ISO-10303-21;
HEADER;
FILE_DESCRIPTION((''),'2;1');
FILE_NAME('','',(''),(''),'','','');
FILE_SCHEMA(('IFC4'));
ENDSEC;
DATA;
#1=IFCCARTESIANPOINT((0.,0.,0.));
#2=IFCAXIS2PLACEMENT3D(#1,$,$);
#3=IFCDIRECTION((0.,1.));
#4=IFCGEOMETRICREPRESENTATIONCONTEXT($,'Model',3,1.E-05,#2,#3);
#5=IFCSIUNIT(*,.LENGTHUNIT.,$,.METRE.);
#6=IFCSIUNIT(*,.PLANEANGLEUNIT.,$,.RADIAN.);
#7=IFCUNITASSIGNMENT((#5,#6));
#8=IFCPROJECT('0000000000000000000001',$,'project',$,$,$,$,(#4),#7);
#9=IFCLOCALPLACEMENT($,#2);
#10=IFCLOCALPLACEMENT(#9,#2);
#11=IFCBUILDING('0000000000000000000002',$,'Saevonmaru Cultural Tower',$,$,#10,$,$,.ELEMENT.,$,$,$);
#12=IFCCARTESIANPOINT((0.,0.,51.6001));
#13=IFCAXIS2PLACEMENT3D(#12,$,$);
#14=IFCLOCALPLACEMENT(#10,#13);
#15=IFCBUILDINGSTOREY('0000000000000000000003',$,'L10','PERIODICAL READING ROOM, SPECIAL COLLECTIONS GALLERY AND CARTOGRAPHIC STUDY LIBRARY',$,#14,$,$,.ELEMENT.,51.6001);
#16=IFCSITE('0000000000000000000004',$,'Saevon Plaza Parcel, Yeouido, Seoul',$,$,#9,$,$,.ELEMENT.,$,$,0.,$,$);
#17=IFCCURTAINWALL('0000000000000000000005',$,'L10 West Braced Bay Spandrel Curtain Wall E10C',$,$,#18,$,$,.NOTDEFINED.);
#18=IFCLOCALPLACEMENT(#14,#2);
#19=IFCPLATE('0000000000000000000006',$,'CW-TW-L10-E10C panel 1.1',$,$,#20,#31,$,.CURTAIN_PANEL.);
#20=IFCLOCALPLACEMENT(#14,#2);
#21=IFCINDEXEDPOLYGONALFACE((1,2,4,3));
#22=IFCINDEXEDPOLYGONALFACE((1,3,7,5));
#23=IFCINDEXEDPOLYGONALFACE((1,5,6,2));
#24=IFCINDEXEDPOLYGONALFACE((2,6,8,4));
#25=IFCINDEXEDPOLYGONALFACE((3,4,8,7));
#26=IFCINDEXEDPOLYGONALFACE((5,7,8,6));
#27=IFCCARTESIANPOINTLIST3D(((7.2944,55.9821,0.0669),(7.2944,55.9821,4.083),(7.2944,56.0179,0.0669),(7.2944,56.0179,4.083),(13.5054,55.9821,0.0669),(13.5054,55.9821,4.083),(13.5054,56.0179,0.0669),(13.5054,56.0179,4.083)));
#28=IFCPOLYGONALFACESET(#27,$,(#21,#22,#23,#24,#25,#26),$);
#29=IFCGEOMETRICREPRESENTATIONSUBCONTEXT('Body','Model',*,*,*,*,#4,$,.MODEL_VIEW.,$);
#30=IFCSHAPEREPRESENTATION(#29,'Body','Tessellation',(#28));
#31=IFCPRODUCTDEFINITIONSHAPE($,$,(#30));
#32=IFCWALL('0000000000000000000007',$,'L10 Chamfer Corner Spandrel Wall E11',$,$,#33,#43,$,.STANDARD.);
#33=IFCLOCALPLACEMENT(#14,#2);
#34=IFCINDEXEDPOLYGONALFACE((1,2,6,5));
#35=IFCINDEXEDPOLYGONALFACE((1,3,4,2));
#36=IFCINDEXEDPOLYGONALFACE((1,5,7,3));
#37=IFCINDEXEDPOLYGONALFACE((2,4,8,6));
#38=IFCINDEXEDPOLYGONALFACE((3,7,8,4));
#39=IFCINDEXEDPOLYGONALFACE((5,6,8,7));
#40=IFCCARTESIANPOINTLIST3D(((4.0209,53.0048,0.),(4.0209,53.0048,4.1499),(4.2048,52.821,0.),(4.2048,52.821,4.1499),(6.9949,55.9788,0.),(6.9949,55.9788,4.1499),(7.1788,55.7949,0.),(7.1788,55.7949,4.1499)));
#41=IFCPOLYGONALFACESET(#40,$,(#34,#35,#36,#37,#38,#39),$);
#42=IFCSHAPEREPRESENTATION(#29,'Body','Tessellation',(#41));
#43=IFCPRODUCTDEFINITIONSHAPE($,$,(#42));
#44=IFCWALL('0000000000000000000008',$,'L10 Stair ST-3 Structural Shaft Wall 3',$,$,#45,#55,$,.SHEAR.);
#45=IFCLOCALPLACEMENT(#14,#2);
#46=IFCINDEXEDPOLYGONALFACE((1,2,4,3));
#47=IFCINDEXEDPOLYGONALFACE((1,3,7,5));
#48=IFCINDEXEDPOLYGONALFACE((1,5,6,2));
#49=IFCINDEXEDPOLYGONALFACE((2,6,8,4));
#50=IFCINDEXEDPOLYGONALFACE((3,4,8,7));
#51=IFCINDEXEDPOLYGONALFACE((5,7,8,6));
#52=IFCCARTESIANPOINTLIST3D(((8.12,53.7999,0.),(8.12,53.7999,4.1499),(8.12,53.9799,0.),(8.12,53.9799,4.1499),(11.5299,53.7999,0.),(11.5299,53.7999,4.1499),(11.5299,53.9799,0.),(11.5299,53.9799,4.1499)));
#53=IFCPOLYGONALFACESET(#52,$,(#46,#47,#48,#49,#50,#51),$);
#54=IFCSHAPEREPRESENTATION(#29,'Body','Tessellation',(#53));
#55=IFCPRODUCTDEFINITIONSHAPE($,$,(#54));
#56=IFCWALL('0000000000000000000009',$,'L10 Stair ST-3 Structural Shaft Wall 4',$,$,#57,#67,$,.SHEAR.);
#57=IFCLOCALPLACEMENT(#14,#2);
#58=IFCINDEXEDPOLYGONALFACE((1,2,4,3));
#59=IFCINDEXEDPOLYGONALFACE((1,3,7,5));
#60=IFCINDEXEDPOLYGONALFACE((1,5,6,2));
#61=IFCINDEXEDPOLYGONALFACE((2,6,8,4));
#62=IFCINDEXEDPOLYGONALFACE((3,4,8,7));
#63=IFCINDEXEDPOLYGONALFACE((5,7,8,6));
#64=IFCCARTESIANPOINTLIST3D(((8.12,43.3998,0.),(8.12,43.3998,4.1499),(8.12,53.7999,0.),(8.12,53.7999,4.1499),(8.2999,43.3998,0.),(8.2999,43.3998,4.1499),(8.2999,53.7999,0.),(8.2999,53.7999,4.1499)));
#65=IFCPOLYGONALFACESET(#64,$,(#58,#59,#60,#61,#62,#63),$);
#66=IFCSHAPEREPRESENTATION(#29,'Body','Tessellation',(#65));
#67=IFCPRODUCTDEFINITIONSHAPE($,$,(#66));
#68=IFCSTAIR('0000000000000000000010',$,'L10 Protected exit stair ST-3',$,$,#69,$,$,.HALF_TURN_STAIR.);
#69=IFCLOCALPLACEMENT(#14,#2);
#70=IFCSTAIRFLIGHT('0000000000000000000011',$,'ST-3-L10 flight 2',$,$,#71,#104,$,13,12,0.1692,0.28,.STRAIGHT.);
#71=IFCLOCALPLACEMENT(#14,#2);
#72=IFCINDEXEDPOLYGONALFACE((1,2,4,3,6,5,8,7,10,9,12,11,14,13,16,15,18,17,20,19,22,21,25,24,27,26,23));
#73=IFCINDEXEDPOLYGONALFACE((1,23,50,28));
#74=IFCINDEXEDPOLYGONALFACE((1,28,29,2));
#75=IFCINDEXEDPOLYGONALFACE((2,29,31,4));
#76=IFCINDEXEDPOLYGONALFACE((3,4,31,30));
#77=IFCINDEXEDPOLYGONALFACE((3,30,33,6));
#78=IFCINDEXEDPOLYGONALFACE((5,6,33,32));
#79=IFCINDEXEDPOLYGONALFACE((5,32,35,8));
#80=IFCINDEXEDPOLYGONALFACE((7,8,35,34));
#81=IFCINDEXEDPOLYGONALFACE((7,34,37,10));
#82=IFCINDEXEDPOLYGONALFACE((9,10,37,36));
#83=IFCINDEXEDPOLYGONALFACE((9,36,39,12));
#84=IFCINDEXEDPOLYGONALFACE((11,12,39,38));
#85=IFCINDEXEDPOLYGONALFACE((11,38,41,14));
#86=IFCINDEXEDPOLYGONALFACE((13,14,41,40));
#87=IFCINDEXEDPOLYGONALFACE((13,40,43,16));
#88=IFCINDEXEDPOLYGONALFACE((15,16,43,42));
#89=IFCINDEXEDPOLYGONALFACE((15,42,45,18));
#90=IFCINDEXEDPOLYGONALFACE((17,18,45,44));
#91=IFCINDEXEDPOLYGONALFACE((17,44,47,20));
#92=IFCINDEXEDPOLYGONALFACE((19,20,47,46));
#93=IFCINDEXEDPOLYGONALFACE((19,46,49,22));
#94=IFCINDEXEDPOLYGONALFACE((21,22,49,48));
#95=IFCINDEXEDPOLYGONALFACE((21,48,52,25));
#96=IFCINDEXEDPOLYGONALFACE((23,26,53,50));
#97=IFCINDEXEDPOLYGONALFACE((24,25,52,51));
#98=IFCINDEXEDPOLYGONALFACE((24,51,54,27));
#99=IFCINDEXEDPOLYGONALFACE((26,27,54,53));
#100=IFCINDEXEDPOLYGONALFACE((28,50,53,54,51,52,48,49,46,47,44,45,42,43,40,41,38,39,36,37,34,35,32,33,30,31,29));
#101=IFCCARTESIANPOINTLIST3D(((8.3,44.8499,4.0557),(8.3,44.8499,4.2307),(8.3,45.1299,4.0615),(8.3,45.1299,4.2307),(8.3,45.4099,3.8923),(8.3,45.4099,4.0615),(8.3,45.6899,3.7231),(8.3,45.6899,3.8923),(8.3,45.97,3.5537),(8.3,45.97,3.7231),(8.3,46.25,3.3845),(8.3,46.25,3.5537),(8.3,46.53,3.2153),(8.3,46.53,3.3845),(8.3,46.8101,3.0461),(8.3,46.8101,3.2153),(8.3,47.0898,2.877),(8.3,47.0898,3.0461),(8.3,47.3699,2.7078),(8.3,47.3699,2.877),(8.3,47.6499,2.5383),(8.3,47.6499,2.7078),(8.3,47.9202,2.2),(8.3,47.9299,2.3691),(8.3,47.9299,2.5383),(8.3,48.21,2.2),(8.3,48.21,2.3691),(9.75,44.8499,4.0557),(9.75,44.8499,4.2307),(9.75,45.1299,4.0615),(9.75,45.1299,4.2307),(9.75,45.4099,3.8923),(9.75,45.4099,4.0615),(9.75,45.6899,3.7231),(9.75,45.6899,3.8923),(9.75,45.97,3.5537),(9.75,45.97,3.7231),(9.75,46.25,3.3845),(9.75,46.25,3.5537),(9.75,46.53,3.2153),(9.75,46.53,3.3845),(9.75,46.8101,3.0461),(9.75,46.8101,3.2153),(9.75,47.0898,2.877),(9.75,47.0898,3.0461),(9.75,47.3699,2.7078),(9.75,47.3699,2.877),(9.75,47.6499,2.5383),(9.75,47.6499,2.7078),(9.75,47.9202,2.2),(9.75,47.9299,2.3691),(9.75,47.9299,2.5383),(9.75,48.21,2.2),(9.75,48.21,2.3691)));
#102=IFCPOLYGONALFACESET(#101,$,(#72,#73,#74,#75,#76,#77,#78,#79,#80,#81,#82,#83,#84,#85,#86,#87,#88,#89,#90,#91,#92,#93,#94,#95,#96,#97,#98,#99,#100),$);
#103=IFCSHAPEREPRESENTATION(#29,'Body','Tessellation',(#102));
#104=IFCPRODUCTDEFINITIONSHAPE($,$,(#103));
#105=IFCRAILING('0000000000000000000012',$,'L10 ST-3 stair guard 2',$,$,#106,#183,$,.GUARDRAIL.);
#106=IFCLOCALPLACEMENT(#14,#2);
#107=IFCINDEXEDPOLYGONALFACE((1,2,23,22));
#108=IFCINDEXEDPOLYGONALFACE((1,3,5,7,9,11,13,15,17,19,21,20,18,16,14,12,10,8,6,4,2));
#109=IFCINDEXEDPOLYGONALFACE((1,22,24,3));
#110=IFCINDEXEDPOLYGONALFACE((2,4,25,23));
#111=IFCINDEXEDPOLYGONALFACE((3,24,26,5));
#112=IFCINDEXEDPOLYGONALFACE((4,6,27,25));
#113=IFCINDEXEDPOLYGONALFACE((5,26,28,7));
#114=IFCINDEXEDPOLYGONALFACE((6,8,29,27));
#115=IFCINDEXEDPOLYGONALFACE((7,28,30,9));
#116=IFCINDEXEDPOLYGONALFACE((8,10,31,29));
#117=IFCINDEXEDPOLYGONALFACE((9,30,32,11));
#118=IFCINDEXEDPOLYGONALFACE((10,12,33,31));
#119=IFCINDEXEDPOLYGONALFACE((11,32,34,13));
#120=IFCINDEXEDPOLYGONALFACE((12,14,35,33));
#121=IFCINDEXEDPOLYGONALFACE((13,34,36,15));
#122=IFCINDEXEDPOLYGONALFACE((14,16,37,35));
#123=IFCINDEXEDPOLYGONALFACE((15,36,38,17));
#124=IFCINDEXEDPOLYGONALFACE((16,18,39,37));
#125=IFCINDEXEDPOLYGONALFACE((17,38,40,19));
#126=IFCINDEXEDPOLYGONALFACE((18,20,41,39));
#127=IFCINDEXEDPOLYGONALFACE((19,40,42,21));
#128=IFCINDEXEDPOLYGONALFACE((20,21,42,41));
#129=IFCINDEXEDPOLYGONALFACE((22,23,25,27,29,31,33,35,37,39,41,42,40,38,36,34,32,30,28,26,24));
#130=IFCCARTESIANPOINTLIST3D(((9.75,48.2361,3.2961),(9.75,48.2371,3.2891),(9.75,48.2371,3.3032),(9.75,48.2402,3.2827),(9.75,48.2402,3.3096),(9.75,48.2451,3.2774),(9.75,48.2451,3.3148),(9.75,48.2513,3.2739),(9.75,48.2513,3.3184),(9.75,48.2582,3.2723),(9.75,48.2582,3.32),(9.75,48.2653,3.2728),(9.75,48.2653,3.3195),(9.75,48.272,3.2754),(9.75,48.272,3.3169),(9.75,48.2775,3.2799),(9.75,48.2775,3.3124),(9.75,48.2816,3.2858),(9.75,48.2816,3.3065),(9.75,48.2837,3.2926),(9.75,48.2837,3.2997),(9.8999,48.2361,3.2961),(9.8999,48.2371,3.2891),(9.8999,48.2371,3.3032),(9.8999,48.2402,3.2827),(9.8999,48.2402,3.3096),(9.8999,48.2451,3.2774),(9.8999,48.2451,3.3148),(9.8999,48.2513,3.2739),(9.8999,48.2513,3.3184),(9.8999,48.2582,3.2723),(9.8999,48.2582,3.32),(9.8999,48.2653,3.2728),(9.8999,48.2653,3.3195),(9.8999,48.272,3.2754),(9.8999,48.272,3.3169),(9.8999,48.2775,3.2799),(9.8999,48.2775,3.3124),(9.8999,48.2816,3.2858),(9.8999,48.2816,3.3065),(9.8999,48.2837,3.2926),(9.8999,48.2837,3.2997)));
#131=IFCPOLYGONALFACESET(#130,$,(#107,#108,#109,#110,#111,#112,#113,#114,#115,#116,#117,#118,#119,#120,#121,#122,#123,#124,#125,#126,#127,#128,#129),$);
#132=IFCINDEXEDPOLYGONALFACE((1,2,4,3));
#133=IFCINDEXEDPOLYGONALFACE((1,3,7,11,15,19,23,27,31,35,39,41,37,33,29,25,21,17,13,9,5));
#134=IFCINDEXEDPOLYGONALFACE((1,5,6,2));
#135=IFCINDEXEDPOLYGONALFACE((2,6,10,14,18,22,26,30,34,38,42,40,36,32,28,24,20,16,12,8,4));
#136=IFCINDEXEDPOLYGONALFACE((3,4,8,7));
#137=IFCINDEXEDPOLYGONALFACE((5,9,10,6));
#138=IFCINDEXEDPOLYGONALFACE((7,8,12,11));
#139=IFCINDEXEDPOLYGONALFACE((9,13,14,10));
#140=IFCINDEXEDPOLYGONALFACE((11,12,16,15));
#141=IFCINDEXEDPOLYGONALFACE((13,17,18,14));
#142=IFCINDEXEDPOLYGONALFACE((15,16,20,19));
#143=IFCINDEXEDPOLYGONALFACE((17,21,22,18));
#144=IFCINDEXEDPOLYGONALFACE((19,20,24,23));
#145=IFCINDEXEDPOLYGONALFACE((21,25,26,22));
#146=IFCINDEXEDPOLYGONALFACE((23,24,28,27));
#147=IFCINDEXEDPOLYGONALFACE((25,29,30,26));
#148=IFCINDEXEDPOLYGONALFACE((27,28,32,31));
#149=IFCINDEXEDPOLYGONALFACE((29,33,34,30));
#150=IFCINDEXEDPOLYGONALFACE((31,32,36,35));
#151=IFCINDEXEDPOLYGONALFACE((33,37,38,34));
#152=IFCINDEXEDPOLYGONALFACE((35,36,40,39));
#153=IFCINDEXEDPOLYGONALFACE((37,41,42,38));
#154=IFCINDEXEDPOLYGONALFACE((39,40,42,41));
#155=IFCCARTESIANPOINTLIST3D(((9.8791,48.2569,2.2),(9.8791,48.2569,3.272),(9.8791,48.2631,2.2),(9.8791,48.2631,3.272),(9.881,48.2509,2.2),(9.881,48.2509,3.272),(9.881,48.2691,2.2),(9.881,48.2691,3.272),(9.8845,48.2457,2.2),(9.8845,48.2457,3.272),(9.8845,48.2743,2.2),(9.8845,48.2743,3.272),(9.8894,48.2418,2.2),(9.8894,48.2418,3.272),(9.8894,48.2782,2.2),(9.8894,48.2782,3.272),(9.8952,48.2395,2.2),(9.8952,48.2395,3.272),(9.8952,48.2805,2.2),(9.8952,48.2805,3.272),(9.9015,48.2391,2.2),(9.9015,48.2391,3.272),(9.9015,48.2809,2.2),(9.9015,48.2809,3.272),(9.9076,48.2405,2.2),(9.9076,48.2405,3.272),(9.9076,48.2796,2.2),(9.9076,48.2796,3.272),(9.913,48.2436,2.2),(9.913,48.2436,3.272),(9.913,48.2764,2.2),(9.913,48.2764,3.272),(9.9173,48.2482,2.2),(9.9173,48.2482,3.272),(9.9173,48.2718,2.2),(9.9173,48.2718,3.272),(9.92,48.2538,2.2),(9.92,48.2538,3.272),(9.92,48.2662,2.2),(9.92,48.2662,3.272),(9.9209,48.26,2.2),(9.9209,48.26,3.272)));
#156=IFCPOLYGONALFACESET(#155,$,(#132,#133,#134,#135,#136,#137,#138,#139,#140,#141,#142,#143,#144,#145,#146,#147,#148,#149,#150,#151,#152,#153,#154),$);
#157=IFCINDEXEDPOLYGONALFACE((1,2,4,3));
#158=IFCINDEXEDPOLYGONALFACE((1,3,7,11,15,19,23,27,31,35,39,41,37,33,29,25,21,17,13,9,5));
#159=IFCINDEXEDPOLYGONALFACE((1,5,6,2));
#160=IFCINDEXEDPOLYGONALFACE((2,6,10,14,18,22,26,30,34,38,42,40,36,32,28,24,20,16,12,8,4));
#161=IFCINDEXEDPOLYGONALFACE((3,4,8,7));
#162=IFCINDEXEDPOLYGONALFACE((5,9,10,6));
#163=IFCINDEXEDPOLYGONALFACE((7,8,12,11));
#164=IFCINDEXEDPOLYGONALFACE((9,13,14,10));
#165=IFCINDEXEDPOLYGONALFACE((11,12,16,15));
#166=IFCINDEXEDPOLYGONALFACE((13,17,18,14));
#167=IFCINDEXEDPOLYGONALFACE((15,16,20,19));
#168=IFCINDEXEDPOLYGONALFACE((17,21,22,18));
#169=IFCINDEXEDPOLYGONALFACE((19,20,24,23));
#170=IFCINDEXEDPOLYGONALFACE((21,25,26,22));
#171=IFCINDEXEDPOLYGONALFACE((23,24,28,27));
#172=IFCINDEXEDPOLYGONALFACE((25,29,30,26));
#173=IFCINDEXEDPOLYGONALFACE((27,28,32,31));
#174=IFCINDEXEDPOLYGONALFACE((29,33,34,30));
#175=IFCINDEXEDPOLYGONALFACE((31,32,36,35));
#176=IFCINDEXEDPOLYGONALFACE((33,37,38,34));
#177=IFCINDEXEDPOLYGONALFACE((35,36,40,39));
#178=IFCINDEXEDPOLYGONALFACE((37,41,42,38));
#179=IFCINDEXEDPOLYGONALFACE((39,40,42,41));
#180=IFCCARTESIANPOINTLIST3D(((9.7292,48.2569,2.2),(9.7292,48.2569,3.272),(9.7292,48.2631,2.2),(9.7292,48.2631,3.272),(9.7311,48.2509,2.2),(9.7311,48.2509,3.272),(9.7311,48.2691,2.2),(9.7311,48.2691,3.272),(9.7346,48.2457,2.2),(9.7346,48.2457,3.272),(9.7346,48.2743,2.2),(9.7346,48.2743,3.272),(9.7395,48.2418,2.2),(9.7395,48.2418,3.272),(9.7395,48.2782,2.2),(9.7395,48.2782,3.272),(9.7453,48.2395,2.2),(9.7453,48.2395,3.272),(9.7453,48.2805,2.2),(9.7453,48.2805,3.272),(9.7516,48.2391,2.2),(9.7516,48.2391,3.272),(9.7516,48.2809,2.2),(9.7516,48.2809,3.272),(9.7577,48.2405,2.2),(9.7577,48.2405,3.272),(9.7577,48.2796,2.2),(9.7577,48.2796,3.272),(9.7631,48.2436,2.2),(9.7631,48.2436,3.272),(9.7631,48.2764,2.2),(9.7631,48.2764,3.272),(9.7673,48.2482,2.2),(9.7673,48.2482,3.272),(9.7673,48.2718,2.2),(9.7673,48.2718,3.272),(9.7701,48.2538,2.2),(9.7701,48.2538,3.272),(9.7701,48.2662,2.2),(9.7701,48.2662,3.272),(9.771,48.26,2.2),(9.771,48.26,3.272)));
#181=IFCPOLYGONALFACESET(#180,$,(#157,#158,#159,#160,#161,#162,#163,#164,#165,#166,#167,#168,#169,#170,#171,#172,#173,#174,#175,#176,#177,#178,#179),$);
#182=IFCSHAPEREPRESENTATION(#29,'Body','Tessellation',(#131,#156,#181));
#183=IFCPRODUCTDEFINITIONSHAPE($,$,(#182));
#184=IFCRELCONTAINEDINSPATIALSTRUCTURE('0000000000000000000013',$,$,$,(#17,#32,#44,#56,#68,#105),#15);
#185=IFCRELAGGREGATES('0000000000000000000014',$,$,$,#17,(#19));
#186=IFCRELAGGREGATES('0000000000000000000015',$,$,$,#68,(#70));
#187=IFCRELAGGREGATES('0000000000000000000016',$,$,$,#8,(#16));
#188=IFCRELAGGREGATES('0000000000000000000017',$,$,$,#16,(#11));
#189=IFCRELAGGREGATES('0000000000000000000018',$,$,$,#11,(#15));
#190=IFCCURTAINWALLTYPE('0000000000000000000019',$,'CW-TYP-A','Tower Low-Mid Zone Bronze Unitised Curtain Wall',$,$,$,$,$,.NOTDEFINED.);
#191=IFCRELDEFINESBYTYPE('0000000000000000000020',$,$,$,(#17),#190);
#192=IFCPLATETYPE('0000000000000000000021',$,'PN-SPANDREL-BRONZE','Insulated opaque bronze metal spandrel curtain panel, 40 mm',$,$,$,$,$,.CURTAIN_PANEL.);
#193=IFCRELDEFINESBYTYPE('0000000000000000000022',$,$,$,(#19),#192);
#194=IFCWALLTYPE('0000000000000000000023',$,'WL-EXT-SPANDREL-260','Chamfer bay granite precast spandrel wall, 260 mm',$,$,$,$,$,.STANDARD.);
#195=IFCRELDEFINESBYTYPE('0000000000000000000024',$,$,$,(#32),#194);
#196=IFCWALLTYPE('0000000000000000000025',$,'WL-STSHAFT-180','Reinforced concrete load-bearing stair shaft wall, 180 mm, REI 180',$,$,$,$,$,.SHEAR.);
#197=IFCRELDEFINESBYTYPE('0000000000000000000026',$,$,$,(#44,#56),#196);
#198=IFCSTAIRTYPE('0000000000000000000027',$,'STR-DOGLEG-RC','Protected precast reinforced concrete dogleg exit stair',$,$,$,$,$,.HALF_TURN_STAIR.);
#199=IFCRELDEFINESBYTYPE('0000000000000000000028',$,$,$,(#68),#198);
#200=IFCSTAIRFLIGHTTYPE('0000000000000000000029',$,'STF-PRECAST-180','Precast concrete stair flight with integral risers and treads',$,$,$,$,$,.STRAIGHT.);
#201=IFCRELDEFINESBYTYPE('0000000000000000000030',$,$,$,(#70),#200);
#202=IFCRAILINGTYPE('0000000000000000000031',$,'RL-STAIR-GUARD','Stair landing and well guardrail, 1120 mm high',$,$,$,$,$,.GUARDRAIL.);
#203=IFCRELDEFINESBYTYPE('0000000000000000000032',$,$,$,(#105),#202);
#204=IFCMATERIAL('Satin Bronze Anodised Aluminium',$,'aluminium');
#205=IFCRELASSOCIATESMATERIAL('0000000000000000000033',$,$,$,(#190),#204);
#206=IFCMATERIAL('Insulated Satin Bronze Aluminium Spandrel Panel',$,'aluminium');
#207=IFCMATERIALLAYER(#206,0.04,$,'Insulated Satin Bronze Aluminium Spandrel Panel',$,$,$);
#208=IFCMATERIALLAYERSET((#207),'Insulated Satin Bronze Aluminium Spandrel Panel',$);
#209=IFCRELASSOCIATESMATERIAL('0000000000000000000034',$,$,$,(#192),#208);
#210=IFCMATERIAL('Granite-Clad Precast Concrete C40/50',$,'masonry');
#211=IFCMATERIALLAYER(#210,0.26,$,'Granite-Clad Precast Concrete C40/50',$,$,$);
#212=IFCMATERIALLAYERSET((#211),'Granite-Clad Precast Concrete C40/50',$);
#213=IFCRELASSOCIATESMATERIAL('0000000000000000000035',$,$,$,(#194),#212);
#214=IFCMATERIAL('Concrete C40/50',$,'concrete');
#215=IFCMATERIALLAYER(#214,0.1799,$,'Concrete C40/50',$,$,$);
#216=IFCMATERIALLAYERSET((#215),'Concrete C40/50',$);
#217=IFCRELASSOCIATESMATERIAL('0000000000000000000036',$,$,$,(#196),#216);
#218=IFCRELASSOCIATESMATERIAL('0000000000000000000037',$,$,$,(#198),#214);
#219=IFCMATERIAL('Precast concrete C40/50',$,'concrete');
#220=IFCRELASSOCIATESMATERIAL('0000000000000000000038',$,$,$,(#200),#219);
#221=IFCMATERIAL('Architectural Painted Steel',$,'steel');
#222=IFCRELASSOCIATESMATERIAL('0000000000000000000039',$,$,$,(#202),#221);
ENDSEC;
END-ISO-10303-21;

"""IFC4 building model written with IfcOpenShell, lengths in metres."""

from ifc_helpers import new_model, si_unit, direction, frame, frame_2d, origin, origin_2d, place, context, subcontext, project, spatial, polyline, rectangle, circle, outline, extrude, material, layer, layer_set, type_object, element, aggregate, save


model = new_model("IFC4")

# Units and contexts
model_context = context("Model", 3, precision=1e-05, world=origin(), true_north=direction((0.0, 1.0)))
body_context = subcontext(model_context, "Body", "Model", "MODEL_VIEW")
ifc_project = project(units=[si_unit("LENGTHUNIT", "METRE"), si_unit("PLANEANGLEUNIT", "RADIAN")], contexts=[model_context])

# Site, building, storey
site_placement = place(None, origin())
site = spatial("IfcSite", under=ifc_project, at=site_placement, Name="Saevon Plaza Parcel, Yeouido, Seoul", CompositionType="ELEMENT", RefElevation=0.0)
building_placement = place(site_placement, origin())
building = spatial("IfcBuilding", under=site, at=building_placement, Name="Saevonmaru Cultural Tower", CompositionType="ELEMENT")
storey_placement = place(building_placement, frame((0.0, 0.0, 51.6001)))
storey = spatial("IfcBuildingStorey", under=building, at=storey_placement, Name="L10", Description="PERIODICAL READING ROOM, SPECIAL COLLECTIONS GALLERY AND CARTOGRAPHIC STUDY LIBRARY", CompositionType="ELEMENT", Elevation=51.6001)

# Curtain wall
ifc_material_1 = material(Name="Satin Bronze Anodised Aluminium", Category="aluminium")
curtain_wall_type = type_object("IfcCurtainWallType", Name="CW-TYP-A", Description="Tower Low-Mid Zone Bronze Unitised Curtain Wall", PredefinedType="NOTDEFINED", material=ifc_material_1)
curtain_wall_1_placement = place(storey_placement, origin())
curtain_wall_1 = element("IfcCurtainWall", 1, at=curtain_wall_1_placement, inside=storey, type_object=curtain_wall_type, Name="L10 West Braced Bay Spandrel Curtain Wall E10C", PredefinedType="NOTDEFINED")

# Plate
ifc_material_2 = material(Name="Insulated Satin Bronze Aluminium Spandrel Panel", Category="aluminium")
ifc_layer_1 = layer(ifc_material_2, 0.04, Name="Insulated Satin Bronze Aluminium Spandrel Panel")
ifc_layer_set_1 = layer_set([ifc_layer_1], Name="Insulated Satin Bronze Aluminium Spandrel Panel")
plate_type_1 = type_object("IfcPlateType", Name="PN-SPANDREL-BRONZE", Description="Insulated opaque bronze metal spandrel curtain panel, 40 mm", PredefinedType="CURTAIN_PANEL", material=ifc_layer_set_1)
plate_1_placement = place(storey_placement, frame((10.3999, 56.0, 0.0669), z_axis=(0.0, 0.0, 1.0), x_axis=(-1.0, 0.0, 0.0)))
plate_1 = element("IfcPlate", 2, at=plate_1_placement, type_object=plate_type_1, Name="CW-TW-L10-E10C panel 1.1", PredefinedType="CURTAIN_PANEL", context=body_context, shape_type="SweptSolid", body=[
    extrude(rectangle(XDim=6.2109, YDim=0.0359, at=origin_2d()), origin(), (0.0, 0.0, 1.0), 4.0161),
])
aggregate(curtain_wall_1, [plate_1])

# Walls
ifc_material_3 = material(Name="Granite-Clad Precast Concrete C40/50", Category="masonry")
ifc_layer_2 = layer(ifc_material_3, 0.26, Name="Granite-Clad Precast Concrete C40/50")
ifc_layer_set_2 = layer_set([ifc_layer_2], Name="Granite-Clad Precast Concrete C40/50")
wall_type_1 = type_object("IfcWallType", Name="WL-EXT-SPANDREL-260", Description="Chamfer bay granite precast spandrel wall, 260 mm", PredefinedType="STANDARD", material=ifc_layer_set_2)
wall_1_placement = place(storey_placement, frame((7.0869, 55.887, 0.0), z_axis=(0.0, 0.0, 1.0), x_axis=(-0.707107, -0.707107, 0.0)))
element("IfcWall", 3, at=wall_1_placement, inside=storey, type_object=wall_type_1, Name="L10 Chamfer Corner Spandrel Wall E11", PredefinedType="STANDARD", context=body_context, shape_type="SweptSolid", body=[
    extrude(rectangle(XDim=4.2058, YDim=0.26, at=frame_2d((2.103, 0.0))), origin(), (0.0, 0.0, 1.0), 4.1499),
])
ifc_material_4 = material(Name="Concrete C40/50", Category="concrete")
ifc_layer_3 = layer(ifc_material_4, 0.1799, Name="Concrete C40/50")
ifc_layer_set_3 = layer_set([ifc_layer_3], Name="Concrete C40/50")
wall_type_2 = type_object("IfcWallType", Name="WL-STSHAFT-180", Description="Reinforced concrete load-bearing stair shaft wall, 180 mm, REI 180", PredefinedType="SHEAR", material=ifc_layer_set_3)
wall_2_placement = place(storey_placement, frame((11.53, 53.8899, 0.0), z_axis=(0.0, 0.0, 1.0), x_axis=(-1.0, 0.0, 0.0)))
element("IfcWall", 4, at=wall_2_placement, inside=storey, type_object=wall_type_2, Name="L10 Stair ST-3 Structural Shaft Wall 3", PredefinedType="SHEAR", context=body_context, shape_type="SweptSolid", body=[
    extrude(rectangle(XDim=3.4099, YDim=0.1799, at=frame_2d((1.7051, 0.0))), origin(), (0.0, 0.0, 1.0), 4.1499),
])
wall_3_placement = place(storey_placement, frame((8.21, 53.8, 0.0), z_axis=(0.0, 0.0, 1.0), x_axis=(0.0, -1.0, 0.0)))
element("IfcWall", 5, at=wall_3_placement, inside=storey, type_object=wall_type_2, Name="L10 Stair ST-3 Structural Shaft Wall 4", PredefinedType="SHEAR", context=body_context, shape_type="SweptSolid", body=[
    extrude(rectangle(XDim=10.4001, YDim=0.1799, at=frame_2d((5.2002, 0.0))), origin(), (0.0, 0.0, 1.0), 4.1499),
])

# Stair, stair flight
stair_type = type_object("IfcStairType", Name="STR-DOGLEG-RC", Description="Protected precast reinforced concrete dogleg exit stair", PredefinedType="HALF_TURN_STAIR", material=ifc_material_4)
stair_placement = place(storey_placement, origin())
stair = element("IfcStair", 6, at=stair_placement, inside=storey, type_object=stair_type, Name="L10 Protected exit stair ST-3", PredefinedType="HALF_TURN_STAIR")
ifc_material_5 = material(Name="Precast concrete C40/50", Category="concrete")
stair_flight_type = type_object("IfcStairFlightType", Name="STF-PRECAST-180", Description="Precast concrete stair flight with integral risers and treads", PredefinedType="STRAIGHT", material=ifc_material_5)
stair_flight_placement = place(storey_placement, frame((9.0249, 48.21, 2.2), z_axis=(0.0, 0.0, 1.0), x_axis=(0.0, -1.0, 0.0)))
stair_flight = element("IfcStairFlight", 7, at=stair_flight_placement, type_object=stair_flight_type, Name="ST-3-L10 flight 2", NumberOfRisers=13, NumberOfTreads=12, PredefinedType="STRAIGHT", RiserHeight=0.1692, TreadLength=0.28, context=body_context, shape_type="SweptSolid", body=[
    extrude(outline(polyline([(0.0, 0.0), (0.0, 0.1692), (0.28, 0.1692), (0.28, 0.3384), (0.5601, 0.3384), (0.5601, 0.5078), (0.8401, 0.5078), (0.8401, 0.677), (1.1201, 0.677), (1.1201, 0.8462), (1.3999, 0.8462), (1.3999, 1.0154), (1.6799, 1.0154), (1.6799, 1.1846), (1.96, 1.1846), (1.96, 1.3538), (2.24, 1.3538), (2.24, 1.5232), (2.52, 1.5232), (2.52, 1.6924), (2.8, 1.6924), (2.8, 1.8616), (3.0801, 1.8616), (3.0801, 2.0308), (3.3601, 2.0308), (3.3601, 2.2), (3.3601, 1.8557), (0.2898, 0.0), (0.0, 0.0)])), frame((0.0, 0.7251, 0.0), z_axis=(0.0, -1.0, 0.0), x_axis=(1.0, 0.0, 0.0)), (0.0, 0.0, 1.0), 1.45),
])
aggregate(stair, [stair_flight])

# Railing
ifc_material_6 = material(Name="Architectural Painted Steel", Category="steel")
railing_type_1 = type_object("IfcRailingType", Name="RL-STAIR-GUARD", Description="Stair landing and well guardrail, 1120 mm high", PredefinedType="GUARDRAIL", material=ifc_material_6)
railing_1_placement = place(storey_placement, frame((9.8999, 48.26, 2.2)))
element("IfcRailing", 8, at=railing_1_placement, inside=storey, type_object=railing_type_1, Name="L10 ST-3 stair guard 2", PredefinedType="GUARDRAIL", context=body_context, shape_type="SweptSolid", body=[
    extrude(circle(Radius=0.0239, at=origin_2d()), frame((0.0, 0.0, 1.0962), z_axis=(-1.0, 0.0, 0.0), x_axis=(0.0, -1.0, 0.0)), (0.0, 0.0, 1.0), 0.1499),
    extrude(circle(Radius=0.021, at=origin_2d()), origin(), (0.0, 0.0, 1.0), 1.072),
    extrude(circle(Radius=0.021, at=origin_2d()), frame((-0.1499, 0.0, 0.0)), (0.0, 0.0, 1.0), 1.072),
])

save(model, "model.ifc")
